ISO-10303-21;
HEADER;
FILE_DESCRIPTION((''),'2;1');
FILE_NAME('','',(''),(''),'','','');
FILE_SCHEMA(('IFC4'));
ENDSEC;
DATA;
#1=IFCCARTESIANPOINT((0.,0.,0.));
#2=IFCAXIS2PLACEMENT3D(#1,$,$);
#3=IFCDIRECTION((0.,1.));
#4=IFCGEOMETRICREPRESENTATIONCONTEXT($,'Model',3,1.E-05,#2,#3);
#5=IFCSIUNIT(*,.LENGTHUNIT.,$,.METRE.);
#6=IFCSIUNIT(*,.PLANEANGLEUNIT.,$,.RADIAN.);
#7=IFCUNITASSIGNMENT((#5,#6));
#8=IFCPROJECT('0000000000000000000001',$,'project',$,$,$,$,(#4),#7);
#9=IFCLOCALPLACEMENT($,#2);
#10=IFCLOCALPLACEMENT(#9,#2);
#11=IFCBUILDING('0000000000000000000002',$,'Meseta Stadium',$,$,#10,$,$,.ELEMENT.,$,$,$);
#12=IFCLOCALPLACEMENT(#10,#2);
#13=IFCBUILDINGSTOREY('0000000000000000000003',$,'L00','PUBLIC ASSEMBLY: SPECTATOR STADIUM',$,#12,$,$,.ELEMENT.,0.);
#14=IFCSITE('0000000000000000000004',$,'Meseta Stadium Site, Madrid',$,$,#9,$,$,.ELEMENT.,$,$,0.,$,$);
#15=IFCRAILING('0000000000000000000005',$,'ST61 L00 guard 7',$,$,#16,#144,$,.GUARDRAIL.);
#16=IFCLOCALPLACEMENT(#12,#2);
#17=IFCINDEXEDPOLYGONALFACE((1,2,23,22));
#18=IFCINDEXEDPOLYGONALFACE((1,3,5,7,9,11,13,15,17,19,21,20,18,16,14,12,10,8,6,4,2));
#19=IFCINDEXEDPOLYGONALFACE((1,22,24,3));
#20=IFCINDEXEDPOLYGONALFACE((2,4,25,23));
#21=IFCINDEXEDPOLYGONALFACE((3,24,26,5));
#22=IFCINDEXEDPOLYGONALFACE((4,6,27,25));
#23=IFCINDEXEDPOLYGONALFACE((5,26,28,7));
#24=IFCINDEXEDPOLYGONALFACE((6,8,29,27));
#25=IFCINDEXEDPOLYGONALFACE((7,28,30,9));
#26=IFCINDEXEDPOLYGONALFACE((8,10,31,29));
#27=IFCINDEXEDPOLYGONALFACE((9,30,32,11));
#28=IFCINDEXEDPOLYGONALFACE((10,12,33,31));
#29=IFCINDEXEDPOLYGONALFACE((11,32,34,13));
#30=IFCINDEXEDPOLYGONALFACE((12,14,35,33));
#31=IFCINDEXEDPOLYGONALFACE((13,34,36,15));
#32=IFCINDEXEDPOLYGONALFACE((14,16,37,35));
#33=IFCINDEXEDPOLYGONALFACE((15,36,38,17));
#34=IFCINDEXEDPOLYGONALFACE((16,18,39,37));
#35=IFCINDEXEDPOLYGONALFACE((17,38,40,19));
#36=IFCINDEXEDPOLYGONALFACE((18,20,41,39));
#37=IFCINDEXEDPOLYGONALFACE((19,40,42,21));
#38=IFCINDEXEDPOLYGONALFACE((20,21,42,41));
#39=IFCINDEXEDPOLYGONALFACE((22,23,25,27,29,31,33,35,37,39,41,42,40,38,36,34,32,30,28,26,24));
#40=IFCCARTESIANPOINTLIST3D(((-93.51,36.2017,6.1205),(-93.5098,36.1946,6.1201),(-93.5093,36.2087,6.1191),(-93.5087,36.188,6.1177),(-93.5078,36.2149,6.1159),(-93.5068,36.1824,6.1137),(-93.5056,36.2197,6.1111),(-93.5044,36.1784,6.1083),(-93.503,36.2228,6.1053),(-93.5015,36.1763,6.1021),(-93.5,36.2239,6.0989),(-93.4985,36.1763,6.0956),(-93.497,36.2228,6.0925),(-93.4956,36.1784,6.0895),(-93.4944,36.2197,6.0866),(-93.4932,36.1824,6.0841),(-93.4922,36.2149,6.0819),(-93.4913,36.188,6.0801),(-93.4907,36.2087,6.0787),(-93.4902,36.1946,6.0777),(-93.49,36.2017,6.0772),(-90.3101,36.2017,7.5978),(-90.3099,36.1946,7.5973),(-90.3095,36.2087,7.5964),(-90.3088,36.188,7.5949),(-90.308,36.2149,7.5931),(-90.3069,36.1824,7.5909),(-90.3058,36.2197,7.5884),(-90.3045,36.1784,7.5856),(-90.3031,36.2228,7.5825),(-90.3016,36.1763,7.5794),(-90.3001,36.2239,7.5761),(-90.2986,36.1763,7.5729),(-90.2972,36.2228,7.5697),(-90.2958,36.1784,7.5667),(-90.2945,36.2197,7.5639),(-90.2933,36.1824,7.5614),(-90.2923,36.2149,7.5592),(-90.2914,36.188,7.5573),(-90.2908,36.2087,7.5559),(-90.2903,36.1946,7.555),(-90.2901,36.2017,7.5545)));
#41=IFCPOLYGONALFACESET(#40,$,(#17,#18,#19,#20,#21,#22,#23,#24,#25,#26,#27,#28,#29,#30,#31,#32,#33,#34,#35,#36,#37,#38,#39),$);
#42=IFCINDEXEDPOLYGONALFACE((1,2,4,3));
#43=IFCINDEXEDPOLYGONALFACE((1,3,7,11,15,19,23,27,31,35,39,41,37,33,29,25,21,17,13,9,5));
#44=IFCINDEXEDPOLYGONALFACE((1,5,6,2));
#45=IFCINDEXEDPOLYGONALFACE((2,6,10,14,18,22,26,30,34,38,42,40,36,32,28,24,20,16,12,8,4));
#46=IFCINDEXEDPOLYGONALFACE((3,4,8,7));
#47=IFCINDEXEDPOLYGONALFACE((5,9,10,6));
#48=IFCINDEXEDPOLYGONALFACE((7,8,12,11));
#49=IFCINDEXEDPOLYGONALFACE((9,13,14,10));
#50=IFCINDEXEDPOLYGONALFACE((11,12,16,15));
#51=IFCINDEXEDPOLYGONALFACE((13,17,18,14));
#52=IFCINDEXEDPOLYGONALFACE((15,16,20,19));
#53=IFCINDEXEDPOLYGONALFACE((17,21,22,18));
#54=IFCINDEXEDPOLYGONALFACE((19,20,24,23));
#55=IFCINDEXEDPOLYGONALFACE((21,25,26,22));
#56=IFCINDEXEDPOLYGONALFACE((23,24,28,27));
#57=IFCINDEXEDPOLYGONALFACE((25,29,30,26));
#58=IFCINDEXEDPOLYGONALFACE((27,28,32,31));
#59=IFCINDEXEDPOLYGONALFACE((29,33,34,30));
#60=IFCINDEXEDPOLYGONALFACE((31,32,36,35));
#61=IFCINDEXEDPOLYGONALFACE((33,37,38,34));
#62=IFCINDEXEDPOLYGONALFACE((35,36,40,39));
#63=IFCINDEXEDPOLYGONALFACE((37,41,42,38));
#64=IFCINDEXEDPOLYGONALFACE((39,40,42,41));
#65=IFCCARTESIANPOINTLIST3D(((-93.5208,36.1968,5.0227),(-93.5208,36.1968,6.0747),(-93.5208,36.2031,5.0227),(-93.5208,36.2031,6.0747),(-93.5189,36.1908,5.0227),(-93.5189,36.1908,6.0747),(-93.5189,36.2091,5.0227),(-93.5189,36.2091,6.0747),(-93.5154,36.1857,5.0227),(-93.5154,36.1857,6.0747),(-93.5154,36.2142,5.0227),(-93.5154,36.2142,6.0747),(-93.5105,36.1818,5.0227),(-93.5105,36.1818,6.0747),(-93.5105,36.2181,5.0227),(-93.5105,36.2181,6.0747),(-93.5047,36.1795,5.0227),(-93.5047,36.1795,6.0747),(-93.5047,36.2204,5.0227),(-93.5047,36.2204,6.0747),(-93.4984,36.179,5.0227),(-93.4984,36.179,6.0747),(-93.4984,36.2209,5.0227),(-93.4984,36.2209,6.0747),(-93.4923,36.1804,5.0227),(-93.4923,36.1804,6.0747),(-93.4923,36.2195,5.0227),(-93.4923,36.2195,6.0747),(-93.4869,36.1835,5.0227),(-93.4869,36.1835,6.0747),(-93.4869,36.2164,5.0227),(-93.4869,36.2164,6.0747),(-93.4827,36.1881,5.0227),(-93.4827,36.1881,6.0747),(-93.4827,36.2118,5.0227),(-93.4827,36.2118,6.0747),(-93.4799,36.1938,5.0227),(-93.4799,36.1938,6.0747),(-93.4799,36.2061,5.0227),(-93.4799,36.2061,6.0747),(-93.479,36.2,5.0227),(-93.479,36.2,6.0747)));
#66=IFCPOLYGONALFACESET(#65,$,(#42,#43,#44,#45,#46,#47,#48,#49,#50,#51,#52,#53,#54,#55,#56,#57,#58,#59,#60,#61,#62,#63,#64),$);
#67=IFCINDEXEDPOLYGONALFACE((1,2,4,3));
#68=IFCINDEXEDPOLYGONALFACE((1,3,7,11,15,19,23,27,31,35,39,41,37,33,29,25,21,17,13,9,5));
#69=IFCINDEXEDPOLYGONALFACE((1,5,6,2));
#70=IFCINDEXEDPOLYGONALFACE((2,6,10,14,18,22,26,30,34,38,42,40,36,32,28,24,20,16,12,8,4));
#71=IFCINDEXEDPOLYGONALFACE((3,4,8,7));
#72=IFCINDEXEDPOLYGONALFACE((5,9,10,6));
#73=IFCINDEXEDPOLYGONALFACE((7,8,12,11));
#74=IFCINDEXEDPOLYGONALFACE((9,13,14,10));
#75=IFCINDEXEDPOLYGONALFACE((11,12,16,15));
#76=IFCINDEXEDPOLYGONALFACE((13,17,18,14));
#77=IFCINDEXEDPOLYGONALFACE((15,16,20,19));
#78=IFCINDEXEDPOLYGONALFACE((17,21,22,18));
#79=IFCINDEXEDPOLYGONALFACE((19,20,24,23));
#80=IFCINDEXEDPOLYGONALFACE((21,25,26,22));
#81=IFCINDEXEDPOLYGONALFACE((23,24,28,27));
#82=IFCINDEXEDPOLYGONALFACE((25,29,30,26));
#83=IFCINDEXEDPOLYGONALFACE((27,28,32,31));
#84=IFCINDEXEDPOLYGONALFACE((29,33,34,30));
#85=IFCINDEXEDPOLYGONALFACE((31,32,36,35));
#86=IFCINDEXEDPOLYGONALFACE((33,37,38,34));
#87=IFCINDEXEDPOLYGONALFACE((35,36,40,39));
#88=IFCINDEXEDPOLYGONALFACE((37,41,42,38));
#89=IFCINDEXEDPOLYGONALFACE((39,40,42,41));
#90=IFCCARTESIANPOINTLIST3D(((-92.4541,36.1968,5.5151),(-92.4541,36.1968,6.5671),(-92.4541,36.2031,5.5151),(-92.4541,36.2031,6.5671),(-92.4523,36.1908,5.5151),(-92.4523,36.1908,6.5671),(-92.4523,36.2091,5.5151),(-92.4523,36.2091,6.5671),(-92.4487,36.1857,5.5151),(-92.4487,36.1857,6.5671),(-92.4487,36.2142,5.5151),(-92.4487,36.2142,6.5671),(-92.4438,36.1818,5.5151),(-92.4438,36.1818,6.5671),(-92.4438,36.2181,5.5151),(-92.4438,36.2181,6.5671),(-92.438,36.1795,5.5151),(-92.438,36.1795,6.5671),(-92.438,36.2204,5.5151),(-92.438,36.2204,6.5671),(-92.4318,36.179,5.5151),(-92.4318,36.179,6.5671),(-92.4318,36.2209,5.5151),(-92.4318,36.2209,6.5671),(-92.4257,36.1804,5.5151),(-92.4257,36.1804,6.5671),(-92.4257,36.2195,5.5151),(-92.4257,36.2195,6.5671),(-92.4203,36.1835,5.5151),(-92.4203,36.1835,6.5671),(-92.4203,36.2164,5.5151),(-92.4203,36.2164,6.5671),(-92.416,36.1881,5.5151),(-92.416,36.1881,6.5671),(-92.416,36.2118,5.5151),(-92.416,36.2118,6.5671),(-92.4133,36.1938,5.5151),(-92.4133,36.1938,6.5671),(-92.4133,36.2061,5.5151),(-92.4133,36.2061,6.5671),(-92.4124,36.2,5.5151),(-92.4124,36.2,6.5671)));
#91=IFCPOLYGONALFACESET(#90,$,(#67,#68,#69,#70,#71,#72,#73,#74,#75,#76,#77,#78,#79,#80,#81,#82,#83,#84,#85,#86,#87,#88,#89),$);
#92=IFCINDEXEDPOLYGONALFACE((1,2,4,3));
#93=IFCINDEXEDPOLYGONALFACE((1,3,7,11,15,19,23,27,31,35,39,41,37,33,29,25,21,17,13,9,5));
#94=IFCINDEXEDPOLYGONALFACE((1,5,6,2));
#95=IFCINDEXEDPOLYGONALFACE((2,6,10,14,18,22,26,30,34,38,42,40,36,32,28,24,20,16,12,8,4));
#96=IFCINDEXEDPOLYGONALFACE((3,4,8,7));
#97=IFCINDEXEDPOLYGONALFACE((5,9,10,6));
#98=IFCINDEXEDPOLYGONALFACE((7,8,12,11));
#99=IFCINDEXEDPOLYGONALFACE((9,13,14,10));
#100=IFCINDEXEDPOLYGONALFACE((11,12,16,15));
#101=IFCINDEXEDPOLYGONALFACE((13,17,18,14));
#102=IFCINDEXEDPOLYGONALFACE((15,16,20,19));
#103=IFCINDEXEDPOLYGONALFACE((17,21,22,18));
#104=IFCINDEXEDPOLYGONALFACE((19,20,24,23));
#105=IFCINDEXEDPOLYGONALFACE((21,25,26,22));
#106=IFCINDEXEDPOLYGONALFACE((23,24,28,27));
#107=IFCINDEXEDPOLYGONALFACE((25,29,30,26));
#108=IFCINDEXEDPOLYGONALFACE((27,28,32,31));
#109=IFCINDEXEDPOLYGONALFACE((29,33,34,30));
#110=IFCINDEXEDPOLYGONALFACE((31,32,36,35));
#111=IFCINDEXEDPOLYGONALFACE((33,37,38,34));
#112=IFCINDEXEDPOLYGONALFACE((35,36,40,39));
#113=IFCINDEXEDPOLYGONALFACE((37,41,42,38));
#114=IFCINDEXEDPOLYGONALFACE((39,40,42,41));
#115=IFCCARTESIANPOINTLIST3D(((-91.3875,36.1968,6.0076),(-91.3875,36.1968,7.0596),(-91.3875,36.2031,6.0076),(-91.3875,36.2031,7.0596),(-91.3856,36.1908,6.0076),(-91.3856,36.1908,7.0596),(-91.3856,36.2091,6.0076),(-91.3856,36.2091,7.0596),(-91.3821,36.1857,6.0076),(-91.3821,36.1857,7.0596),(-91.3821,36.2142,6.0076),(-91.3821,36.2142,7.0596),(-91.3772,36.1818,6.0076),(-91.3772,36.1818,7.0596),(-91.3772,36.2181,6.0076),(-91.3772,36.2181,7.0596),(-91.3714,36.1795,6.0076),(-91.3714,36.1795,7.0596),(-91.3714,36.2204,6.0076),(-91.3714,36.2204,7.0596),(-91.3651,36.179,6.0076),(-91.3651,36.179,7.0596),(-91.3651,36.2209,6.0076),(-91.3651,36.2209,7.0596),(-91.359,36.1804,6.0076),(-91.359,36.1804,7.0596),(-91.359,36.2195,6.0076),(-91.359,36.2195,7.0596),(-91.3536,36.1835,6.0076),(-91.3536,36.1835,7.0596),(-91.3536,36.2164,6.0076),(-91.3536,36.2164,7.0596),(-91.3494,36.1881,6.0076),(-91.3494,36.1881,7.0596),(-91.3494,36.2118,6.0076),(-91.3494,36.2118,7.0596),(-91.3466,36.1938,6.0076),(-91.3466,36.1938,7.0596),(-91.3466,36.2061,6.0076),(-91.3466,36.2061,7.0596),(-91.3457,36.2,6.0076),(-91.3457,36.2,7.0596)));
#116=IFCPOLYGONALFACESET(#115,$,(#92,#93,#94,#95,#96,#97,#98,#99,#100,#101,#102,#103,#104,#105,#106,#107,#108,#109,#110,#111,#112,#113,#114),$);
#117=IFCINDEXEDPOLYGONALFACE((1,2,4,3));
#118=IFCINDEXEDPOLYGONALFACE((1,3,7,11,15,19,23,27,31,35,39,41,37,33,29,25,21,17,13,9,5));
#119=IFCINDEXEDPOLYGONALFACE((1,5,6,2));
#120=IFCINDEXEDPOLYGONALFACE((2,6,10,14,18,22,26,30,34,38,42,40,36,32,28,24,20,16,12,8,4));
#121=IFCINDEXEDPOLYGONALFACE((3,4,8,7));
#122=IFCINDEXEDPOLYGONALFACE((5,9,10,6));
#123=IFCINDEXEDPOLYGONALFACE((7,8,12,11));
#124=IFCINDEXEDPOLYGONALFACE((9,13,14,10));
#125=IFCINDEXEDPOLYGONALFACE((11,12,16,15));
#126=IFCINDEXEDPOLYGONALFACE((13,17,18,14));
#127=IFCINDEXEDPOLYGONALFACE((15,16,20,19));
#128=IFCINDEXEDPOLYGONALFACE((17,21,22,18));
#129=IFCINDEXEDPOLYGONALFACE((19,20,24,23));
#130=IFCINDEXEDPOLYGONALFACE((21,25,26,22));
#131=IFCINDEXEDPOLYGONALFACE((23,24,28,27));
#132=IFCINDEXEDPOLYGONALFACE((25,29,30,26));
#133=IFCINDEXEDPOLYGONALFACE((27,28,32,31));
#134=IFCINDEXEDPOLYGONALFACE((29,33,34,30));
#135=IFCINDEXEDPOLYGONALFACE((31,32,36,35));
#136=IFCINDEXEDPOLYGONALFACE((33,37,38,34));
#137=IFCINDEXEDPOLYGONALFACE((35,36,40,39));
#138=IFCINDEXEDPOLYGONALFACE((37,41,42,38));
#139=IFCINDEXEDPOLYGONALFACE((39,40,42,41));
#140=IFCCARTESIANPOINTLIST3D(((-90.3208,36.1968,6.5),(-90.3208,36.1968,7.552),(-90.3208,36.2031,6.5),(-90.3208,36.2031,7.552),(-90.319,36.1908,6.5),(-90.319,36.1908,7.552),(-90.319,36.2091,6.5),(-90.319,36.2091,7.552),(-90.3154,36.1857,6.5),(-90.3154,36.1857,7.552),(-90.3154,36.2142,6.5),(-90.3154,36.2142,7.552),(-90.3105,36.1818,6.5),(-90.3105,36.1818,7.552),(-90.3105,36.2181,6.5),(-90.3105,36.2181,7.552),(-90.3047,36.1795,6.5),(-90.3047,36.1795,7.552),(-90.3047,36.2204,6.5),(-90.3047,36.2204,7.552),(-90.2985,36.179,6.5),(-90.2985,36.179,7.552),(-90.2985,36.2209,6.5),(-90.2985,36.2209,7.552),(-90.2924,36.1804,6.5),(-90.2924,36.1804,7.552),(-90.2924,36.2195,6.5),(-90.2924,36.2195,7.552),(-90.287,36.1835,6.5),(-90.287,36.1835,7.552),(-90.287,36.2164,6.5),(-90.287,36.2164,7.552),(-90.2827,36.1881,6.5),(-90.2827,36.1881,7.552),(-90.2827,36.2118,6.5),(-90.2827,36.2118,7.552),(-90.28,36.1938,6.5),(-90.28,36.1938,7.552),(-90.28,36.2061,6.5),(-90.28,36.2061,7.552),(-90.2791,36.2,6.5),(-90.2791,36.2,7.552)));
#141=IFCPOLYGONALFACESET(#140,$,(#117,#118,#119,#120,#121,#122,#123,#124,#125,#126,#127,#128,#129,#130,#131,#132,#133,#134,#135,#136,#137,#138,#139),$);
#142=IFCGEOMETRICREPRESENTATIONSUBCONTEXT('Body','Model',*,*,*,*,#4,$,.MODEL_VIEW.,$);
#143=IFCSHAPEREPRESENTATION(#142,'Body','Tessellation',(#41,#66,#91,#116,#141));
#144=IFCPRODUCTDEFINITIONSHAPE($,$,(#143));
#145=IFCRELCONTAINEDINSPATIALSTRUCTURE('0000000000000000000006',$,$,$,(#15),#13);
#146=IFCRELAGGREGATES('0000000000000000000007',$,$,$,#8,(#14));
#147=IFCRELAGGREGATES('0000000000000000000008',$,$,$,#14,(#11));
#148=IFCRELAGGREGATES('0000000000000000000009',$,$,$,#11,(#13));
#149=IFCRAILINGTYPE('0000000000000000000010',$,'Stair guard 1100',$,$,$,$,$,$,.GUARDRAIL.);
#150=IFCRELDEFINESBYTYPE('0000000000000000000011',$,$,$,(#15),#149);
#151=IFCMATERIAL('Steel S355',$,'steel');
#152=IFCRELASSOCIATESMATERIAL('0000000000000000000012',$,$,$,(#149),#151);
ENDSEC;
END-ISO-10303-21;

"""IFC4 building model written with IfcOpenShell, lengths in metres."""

from ifc_helpers import new_model, si_unit, direction, frame, origin, origin_2d, place, context, subcontext, project, spatial, circle, extrude, material, type_object, element, save


model = new_model("IFC4")

# Units and contexts
model_context = context("Model", 3, precision=1e-05, world=origin(), true_north=direction((0.0, 1.0)))
body_context = subcontext(model_context, "Body", "Model", "MODEL_VIEW")
ifc_project = project(units=[si_unit("LENGTHUNIT", "METRE"), si_unit("PLANEANGLEUNIT", "RADIAN")], contexts=[model_context])

# Site, building, storey
site_placement = place(None, origin())
site = spatial("IfcSite", under=ifc_project, at=site_placement, Name="Meseta Stadium Site, Madrid", CompositionType="ELEMENT", RefElevation=0.0)
building_placement = place(site_placement, origin())
building = spatial("IfcBuilding", under=site, at=building_placement, Name="Meseta Stadium", CompositionType="ELEMENT")
storey_placement = place(building_placement, origin())
storey = spatial("IfcBuildingStorey", under=building, at=storey_placement, Name="L00", Description="PUBLIC ASSEMBLY: SPECTATOR STADIUM", CompositionType="ELEMENT", Elevation=0.0)

# Railing
ifc_material_1 = material(Name="Steel S355", Category="steel")
railing_type_1 = type_object("IfcRailingType", Name="Stair guard 1100", PredefinedType="GUARDRAIL", material=ifc_material_1)
railing_1_placement = place(storey_placement, frame((-93.5, 36.2, 5.0227)))
element("IfcRailing", 1, at=railing_1_placement, inside=storey, type_object=railing_type_1, Name="ST61 L00 guard 7", PredefinedType="GUARDRAIL", context=body_context, shape_type="SweptSolid", body=[
    extrude(circle(Radius=0.0239, at=origin_2d()), frame((0.0, 0.0, 1.0762), z_axis=(0.907917, 0.0, 0.41915), x_axis=(0.0, 1.0, 0.0)), (0.0, 0.0, 1.0), 3.5244),
    extrude(circle(Radius=0.021, at=origin_2d()), origin(), (0.0, 0.0, 1.0), 1.052),
    extrude(circle(Radius=0.021, at=origin_2d()), frame((1.0667, 0.0, 0.4924)), (0.0, 0.0, 1.0), 1.052),
    extrude(circle(Radius=0.021, at=origin_2d()), frame((2.1333, 0.0, 0.9849)), (0.0, 0.0, 1.0), 1.052),
    extrude(circle(Radius=0.021, at=origin_2d()), frame((3.2, 0.0, 1.4773)), (0.0, 0.0, 1.0), 1.052),
])

save(model, "model.ifc")
